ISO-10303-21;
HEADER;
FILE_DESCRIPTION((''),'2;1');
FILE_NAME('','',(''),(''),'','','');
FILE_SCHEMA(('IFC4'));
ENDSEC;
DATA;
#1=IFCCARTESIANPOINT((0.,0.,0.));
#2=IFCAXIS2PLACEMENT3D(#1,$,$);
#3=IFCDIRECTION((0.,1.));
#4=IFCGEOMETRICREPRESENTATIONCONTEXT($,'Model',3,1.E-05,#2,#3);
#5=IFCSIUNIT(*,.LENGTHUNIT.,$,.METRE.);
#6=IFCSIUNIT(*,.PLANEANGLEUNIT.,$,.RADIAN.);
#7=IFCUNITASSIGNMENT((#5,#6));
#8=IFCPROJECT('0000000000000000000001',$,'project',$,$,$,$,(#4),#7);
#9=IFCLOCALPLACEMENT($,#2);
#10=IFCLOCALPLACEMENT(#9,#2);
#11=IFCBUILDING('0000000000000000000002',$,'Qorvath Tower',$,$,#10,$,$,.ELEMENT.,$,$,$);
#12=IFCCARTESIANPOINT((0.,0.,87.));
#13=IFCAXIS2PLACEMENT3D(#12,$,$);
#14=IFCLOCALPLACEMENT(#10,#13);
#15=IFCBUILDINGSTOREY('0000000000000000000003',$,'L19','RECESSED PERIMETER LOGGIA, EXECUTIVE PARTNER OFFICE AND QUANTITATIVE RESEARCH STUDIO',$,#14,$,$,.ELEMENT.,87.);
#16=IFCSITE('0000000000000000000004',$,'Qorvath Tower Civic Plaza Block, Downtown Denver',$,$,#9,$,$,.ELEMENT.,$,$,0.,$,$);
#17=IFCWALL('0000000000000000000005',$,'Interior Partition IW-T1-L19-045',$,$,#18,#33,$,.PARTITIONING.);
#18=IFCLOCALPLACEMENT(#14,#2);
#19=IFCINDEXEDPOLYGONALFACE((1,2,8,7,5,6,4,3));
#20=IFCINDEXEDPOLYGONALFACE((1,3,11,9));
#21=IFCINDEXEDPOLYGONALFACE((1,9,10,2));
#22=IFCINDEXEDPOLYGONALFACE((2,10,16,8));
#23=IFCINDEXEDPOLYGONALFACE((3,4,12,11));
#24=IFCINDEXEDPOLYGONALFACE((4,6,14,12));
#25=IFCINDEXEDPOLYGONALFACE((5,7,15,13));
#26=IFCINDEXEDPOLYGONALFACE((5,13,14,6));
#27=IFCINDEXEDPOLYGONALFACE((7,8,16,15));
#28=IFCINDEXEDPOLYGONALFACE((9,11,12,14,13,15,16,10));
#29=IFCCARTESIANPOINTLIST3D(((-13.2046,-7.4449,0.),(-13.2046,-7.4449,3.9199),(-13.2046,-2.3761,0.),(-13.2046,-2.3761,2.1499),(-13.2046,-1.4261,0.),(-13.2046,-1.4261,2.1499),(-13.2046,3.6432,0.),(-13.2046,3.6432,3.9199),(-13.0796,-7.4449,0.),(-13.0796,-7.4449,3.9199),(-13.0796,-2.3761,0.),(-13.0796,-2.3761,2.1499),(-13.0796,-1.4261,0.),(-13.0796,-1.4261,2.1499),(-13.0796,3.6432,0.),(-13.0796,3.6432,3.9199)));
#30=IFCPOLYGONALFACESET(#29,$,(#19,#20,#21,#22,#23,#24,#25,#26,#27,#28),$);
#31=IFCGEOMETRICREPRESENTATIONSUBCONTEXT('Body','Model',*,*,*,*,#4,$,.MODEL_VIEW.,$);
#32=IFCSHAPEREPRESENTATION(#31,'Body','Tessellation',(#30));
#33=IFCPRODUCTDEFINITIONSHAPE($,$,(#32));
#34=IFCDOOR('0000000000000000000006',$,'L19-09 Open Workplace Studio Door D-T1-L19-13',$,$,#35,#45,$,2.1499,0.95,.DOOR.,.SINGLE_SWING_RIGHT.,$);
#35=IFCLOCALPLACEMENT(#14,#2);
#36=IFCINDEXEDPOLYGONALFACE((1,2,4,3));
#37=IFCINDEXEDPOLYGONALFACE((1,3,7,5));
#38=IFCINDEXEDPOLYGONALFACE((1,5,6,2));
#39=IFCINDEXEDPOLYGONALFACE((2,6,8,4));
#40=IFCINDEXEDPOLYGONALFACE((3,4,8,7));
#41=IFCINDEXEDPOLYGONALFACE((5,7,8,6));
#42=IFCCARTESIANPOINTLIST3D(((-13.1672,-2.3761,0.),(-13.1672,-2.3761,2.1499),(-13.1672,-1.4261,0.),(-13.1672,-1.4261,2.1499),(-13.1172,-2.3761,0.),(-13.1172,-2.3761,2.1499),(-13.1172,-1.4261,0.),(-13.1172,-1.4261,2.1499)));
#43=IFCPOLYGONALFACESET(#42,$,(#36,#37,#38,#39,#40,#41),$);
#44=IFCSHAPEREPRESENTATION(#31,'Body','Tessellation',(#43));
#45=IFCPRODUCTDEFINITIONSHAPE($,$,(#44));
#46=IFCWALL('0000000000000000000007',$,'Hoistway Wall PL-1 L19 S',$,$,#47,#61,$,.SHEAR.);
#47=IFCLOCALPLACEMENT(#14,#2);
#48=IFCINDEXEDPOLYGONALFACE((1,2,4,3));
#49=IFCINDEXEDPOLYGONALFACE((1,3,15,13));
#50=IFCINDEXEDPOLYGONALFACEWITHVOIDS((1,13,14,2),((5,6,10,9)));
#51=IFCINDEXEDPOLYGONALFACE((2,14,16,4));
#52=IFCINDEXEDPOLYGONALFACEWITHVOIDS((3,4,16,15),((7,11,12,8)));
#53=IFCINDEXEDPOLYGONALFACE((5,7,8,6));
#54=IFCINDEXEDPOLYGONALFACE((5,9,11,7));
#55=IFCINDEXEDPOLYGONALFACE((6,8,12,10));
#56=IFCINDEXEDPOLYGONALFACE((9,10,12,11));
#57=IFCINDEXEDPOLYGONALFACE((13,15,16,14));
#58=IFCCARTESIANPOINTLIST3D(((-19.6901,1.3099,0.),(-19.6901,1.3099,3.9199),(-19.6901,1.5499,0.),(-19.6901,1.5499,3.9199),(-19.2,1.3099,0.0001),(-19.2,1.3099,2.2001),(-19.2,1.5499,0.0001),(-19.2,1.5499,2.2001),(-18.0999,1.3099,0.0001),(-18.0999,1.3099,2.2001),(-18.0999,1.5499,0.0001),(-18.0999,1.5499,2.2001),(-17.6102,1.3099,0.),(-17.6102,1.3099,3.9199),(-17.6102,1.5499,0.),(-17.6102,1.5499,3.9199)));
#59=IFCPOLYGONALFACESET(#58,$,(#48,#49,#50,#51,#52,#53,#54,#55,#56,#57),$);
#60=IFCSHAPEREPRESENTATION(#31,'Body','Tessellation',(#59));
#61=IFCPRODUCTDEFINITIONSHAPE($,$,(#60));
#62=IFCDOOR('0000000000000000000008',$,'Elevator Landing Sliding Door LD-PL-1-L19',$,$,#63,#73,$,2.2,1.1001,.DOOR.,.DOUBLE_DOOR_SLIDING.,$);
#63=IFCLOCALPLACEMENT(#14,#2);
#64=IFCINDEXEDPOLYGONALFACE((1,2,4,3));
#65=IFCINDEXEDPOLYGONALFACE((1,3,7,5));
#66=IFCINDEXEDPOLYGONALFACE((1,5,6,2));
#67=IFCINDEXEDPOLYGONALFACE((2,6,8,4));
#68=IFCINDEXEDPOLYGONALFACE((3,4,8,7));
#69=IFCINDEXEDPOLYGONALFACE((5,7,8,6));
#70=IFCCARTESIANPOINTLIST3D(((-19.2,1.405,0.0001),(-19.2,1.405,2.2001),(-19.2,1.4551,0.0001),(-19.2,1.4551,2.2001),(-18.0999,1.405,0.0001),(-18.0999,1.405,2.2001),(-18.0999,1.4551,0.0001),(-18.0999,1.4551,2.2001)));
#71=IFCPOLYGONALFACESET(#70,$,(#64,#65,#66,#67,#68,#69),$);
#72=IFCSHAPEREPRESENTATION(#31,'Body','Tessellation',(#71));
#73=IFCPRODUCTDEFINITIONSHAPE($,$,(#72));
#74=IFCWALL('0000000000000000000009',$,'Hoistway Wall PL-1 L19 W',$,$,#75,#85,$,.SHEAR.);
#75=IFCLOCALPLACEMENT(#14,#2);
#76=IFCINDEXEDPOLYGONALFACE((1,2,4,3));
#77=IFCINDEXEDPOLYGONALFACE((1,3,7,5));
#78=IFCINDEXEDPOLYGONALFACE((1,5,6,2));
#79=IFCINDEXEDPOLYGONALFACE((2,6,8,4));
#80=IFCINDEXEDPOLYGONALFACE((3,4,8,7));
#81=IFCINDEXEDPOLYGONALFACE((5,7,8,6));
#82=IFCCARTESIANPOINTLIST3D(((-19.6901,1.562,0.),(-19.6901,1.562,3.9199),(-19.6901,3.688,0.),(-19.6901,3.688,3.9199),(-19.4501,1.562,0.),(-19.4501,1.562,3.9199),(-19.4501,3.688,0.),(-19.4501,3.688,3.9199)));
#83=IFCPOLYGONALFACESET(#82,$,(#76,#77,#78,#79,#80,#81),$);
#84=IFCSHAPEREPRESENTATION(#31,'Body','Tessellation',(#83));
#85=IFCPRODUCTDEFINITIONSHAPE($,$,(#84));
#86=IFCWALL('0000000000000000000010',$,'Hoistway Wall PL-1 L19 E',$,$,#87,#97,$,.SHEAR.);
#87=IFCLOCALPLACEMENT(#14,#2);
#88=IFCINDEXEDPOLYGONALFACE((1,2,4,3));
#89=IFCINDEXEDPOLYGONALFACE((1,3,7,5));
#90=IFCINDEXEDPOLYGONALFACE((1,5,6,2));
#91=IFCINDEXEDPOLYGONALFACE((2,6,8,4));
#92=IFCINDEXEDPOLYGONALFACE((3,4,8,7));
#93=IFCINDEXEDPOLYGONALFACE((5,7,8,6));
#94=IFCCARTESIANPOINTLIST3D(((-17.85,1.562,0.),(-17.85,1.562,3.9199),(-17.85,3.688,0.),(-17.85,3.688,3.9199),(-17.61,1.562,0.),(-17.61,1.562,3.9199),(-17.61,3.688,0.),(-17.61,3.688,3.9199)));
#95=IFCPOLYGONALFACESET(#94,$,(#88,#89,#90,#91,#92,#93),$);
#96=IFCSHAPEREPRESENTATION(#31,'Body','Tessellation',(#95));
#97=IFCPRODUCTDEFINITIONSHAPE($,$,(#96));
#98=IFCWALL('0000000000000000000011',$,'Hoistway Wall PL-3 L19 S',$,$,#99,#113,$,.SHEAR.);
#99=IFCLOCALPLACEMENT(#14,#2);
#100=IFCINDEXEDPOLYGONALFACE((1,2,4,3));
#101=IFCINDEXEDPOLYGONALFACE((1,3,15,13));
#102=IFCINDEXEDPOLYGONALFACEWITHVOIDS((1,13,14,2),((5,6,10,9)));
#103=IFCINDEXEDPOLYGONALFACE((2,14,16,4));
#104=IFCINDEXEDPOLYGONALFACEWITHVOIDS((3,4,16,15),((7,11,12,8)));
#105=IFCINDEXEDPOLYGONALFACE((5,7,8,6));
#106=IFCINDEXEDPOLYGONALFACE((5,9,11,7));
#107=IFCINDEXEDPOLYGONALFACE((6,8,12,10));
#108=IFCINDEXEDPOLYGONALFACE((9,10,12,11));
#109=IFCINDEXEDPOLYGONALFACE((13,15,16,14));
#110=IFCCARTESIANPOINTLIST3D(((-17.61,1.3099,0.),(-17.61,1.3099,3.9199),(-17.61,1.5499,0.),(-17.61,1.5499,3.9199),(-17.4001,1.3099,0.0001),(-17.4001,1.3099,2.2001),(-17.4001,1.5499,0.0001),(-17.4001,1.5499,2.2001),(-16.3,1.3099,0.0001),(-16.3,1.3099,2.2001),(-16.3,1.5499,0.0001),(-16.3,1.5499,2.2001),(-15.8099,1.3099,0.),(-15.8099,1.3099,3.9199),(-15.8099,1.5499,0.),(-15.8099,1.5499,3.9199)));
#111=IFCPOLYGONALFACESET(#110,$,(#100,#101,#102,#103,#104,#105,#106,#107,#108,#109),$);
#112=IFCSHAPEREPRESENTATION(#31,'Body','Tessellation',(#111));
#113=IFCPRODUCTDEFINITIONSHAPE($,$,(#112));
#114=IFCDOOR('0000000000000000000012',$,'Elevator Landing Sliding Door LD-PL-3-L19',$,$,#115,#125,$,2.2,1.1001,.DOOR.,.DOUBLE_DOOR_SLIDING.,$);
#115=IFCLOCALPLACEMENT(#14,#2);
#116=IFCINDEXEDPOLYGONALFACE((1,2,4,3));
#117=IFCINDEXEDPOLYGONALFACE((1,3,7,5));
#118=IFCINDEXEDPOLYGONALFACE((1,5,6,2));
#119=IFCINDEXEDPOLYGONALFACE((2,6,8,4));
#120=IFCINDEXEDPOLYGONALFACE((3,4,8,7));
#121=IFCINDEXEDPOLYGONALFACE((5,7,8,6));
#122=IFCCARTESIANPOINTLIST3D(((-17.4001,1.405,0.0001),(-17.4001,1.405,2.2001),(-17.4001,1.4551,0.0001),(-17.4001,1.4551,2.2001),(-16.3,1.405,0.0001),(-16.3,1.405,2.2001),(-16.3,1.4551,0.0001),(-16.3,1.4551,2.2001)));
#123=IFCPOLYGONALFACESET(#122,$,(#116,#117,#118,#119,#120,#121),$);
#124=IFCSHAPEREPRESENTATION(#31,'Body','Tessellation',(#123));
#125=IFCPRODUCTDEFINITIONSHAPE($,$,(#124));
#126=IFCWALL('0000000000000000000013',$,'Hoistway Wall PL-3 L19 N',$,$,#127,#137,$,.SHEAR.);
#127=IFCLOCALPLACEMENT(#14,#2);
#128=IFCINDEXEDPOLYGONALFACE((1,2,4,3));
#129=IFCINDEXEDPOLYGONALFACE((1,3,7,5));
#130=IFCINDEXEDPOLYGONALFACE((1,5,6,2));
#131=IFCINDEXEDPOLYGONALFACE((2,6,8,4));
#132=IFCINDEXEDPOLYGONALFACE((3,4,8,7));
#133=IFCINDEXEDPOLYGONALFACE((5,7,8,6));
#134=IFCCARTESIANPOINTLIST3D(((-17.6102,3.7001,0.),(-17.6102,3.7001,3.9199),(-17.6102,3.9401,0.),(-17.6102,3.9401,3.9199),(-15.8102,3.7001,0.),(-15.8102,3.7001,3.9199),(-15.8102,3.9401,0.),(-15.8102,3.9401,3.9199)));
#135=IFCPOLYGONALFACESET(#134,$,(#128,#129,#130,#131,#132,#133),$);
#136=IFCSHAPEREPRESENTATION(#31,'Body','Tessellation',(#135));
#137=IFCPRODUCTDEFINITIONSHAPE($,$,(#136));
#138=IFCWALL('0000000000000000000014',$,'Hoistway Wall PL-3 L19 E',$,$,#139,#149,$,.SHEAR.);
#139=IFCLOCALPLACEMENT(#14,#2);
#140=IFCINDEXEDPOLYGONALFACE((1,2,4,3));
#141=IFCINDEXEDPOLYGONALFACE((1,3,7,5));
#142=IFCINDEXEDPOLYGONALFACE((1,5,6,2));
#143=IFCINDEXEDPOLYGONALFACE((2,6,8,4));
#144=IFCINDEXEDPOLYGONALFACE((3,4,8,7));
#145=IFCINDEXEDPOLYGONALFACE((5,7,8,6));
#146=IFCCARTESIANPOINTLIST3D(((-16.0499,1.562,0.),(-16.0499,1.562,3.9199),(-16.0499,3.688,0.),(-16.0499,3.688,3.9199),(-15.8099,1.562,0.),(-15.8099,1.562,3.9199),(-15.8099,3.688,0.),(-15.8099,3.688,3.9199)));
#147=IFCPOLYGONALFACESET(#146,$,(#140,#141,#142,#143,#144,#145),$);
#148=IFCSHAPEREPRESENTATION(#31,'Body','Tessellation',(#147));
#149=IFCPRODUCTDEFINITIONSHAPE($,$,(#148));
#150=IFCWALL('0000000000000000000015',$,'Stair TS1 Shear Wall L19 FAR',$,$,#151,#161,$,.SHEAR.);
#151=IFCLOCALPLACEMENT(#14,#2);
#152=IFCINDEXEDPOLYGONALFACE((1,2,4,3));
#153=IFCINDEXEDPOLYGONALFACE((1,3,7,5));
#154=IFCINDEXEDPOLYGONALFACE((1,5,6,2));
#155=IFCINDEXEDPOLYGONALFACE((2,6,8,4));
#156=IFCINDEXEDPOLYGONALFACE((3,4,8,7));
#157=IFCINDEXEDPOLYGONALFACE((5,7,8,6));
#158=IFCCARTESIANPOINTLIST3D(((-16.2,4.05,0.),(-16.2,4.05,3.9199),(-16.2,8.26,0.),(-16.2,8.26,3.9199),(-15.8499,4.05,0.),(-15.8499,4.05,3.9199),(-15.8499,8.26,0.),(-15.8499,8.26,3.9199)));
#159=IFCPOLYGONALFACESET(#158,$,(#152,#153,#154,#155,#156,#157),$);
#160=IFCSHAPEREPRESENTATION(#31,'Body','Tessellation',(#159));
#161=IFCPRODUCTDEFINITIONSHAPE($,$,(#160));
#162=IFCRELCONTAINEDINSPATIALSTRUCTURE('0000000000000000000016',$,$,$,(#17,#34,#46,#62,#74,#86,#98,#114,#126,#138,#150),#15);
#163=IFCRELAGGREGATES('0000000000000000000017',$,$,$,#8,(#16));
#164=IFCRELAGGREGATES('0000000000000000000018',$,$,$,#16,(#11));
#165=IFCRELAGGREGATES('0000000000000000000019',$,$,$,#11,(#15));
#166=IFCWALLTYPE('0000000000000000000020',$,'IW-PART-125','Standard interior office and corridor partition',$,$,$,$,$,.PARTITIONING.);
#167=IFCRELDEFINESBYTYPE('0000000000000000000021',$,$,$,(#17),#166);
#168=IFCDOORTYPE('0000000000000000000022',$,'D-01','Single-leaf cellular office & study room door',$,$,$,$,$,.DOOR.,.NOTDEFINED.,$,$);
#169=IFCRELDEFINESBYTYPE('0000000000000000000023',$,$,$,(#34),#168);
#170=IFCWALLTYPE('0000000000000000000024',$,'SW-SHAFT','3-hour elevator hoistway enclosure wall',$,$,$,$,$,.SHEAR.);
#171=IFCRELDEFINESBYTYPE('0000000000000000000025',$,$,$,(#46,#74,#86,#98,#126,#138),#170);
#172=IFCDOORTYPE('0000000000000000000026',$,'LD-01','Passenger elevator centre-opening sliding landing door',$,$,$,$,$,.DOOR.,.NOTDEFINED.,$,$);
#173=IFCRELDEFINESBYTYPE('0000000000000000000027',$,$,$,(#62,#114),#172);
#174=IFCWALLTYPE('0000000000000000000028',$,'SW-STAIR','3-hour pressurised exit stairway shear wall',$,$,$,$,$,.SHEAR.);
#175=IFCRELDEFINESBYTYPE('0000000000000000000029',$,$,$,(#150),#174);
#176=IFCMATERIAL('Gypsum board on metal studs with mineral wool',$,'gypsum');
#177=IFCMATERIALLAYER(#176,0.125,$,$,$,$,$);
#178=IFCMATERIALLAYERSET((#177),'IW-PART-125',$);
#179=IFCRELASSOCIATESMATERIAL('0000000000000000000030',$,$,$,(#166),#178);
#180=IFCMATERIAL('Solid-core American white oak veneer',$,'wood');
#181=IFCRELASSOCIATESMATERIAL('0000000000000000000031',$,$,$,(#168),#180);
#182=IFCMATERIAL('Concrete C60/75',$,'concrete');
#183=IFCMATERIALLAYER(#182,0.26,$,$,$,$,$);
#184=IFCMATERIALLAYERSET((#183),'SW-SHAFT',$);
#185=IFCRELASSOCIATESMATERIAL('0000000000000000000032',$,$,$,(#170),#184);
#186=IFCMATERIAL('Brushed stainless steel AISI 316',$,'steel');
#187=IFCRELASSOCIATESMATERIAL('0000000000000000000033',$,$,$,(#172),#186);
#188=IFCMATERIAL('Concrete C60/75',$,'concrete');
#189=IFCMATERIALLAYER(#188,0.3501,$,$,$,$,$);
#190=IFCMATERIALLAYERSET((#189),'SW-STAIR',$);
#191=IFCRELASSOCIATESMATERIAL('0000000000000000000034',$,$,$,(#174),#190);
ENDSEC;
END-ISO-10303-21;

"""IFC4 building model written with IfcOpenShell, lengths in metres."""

from ifc_helpers import new_model, si_unit, direction, frame, frame_2d, origin, place, context, subcontext, project, spatial, rectangle, extrude, material, layer, layer_set, type_object, element, fill, save


model = new_model("IFC4")

# Units and contexts
model_context = context("Model", 3, precision=1e-05, world=origin(), true_north=direction((0.0, 1.0)))
body_context = subcontext(model_context, "Body", "Model", "MODEL_VIEW")
ifc_project = project(units=[si_unit("LENGTHUNIT", "METRE"), si_unit("PLANEANGLEUNIT", "RADIAN")], contexts=[model_context])

# Site, building, storey
site_placement = place(None, origin())
site = spatial("IfcSite", under=ifc_project, at=site_placement, Name="Qorvath Tower Civic Plaza Block, Downtown Denver", CompositionType="ELEMENT", RefElevation=0.0)
building_placement = place(site_placement, origin())
building = spatial("IfcBuilding", under=site, at=building_placement, Name="Qorvath Tower", CompositionType="ELEMENT")
storey_placement = place(building_placement, frame((0.0, 0.0, 87.0)))
storey = spatial("IfcBuildingStorey", under=building, at=storey_placement, Name="L19", Description="RECESSED PERIMETER LOGGIA, EXECUTIVE PARTNER OFFICE AND QUANTITATIVE RESEARCH STUDIO", CompositionType="ELEMENT", Elevation=87.0)

# Walls, openings, doors
ifc_material_1 = material(Name="Gypsum board on metal studs with mineral wool", Category="gypsum")
ifc_layer_1 = layer(ifc_material_1, 0.125)
ifc_layer_set_1 = layer_set([ifc_layer_1], Name="IW-PART-125")
wall_type_1 = type_object("IfcWallType", Name="IW-PART-125", Description="Standard interior office and corridor partition", PredefinedType="PARTITIONING", material=ifc_layer_set_1)
wall_1_placement = place(storey_placement, frame((-13.1421, 3.6431, 0.0), z_axis=(0.0, 0.0, 1.0), x_axis=(0.0, -1.0, 0.0)))
wall_1 = element("IfcWall", 1, at=wall_1_placement, inside=storey, type_object=wall_type_1, Name="Interior Partition IW-T1-L19-045", PredefinedType="PARTITIONING", context=body_context, shape_type="SweptSolid", body=[
    extrude(rectangle(XDim=11.0881, YDim=0.125, at=frame_2d((5.5439, 0.0))), origin(), (0.0, 0.0, 1.0), 3.9199),
])
opening_1_placement = place(wall_1_placement, frame((5.0691, 0.0, 0.0)))
opening_1 = element("IfcOpeningElement", 2, at=opening_1_placement, cuts=wall_1, PredefinedType="OPENING", context=body_context, shape_type="SweptSolid", body=[
    extrude(rectangle(XDim=0.95, YDim=2.1499, at=frame_2d((0.4751, 1.075))), frame((0.0, 0.0725, 0.0), z_axis=(0.0, -1.0, 0.0), x_axis=(1.0, 0.0, 0.0)), (0.0, 0.0, 1.0), 0.145),
])
ifc_material_2 = material(Name="Solid-core American white oak veneer", Category="wood")
door_type_1 = type_object("IfcDoorType", Name="D-01", Description="Single-leaf cellular office & study room door", OperationType="NOTDEFINED", PredefinedType="DOOR", material=ifc_material_2)
door_1_placement = place(opening_1_placement, origin())
door_1 = element("IfcDoor", 3, at=door_1_placement, inside=storey, type_object=door_type_1, Name="L19-09 Open Workplace Studio Door D-T1-L19-13", OperationType="SINGLE_SWING_RIGHT", OverallHeight=2.1499, OverallWidth=0.95, PredefinedType="DOOR", context=body_context, shape_type="SweptSolid", body=[
    extrude(rectangle(XDim=0.95, YDim=2.1499, at=frame_2d((0.4751, 1.075))), frame((0.0, 0.0249, 0.0), z_axis=(0.0, -1.0, 0.0), x_axis=(1.0, 0.0, 0.0)), (0.0, 0.0, 1.0), 0.05),
])
fill(opening_1, door_1)
ifc_material_3 = material(Name="Concrete C60/75", Category="concrete")
ifc_layer_2 = layer(ifc_material_3, 0.26)
ifc_layer_set_2 = layer_set([ifc_layer_2], Name="SW-SHAFT")
wall_type_2 = type_object("IfcWallType", Name="SW-SHAFT", Description="3-hour elevator hoistway enclosure wall", PredefinedType="SHEAR", material=ifc_layer_set_2)
wall_2_placement = place(storey_placement, frame((-17.6101, 1.4299, 0.0), z_axis=(0.0, 0.0, 1.0), x_axis=(-1.0, 0.0, 0.0)))
wall_2 = element("IfcWall", 4, at=wall_2_placement, inside=storey, type_object=wall_type_2, Name="Hoistway Wall PL-1 L19 S", PredefinedType="SHEAR", context=body_context, shape_type="SweptSolid", body=[
    extrude(rectangle(XDim=2.0798, YDim=0.24, at=frame_2d((1.04, 0.0))), origin(), (0.0, 0.0, 1.0), 3.9199),
])
opening_2_placement = place(wall_2_placement, frame((0.4897, 0.0, 0.0)))
opening_2 = element("IfcOpeningElement", 5, at=opening_2_placement, cuts=wall_2, PredefinedType="OPENING", context=body_context, shape_type="SweptSolid", body=[
    extrude(rectangle(XDim=1.1001, YDim=2.2, at=frame_2d((0.55, 1.1001))), frame((0.0, 0.1299, 0.0), z_axis=(0.0, -1.0, 0.0), x_axis=(1.0, 0.0, 0.0)), (0.0, 0.0, 1.0), 0.26),
])
ifc_material_4 = material(Name="Brushed stainless steel AISI 316", Category="steel")
door_type_2 = type_object("IfcDoorType", Name="LD-01", Description="Passenger elevator centre-opening sliding landing door", OperationType="NOTDEFINED", PredefinedType="DOOR", material=ifc_material_4)
door_2_placement = place(opening_2_placement, origin())
door_2 = element("IfcDoor", 6, at=door_2_placement, inside=storey, type_object=door_type_2, Name="Elevator Landing Sliding Door LD-PL-1-L19", OperationType="DOUBLE_DOOR_SLIDING", OverallHeight=2.2, OverallWidth=1.1001, PredefinedType="DOOR", context=body_context, shape_type="SweptSolid", body=[
    extrude(rectangle(XDim=1.1001, YDim=2.2, at=frame_2d((0.55, 1.1001))), frame((0.0, 0.0249, 0.0), z_axis=(0.0, -1.0, 0.0), x_axis=(1.0, 0.0, 0.0)), (0.0, 0.0, 1.0), 0.05),
])
fill(opening_2, door_2)

# Walls
for number, where, z_axis, x_axis, name in (
    (7, (-19.5701, 1.562, 0.0), (0.0, 0.0, 1.0), (0.0, 1.0, 0.0), "Hoistway Wall PL-1 L19 W"),
    (8, (-17.73, 3.688, 0.0), (0.0, 0.0, 1.0), (0.0, -1.0, 0.0), "Hoistway Wall PL-1 L19 E"),
):
    element("IfcWall", number, at=place(storey_placement, frame(where, z_axis=z_axis, x_axis=x_axis)), inside=storey, type_object=wall_type_2, Name=name, PredefinedType="SHEAR", context=body_context, shape_type="SweptSolid", body=[
        extrude(rectangle(XDim=2.126, YDim=0.24, at=frame_2d((1.063, 0.0))), origin(), (0.0, 0.0, 1.0), 3.9199),
    ])

# Wall, opening, door
wall_3_placement = place(storey_placement, frame((-15.8101, 1.4299, 0.0), z_axis=(0.0, 0.0, 1.0), x_axis=(-1.0, 0.0, 0.0)))
wall_3 = element("IfcWall", 9, at=wall_3_placement, inside=storey, type_object=wall_type_2, Name="Hoistway Wall PL-3 L19 S", PredefinedType="SHEAR", context=body_context, shape_type="SweptSolid", body=[
    extrude(rectangle(XDim=1.8, YDim=0.24, at=frame_2d((0.8999, 0.0))), origin(), (0.0, 0.0, 1.0), 3.9199),
])
opening_3_placement = place(wall_3_placement, frame((0.49, 0.0, 0.0)))
opening_3 = element("IfcOpeningElement", 10, at=opening_3_placement, cuts=wall_3, PredefinedType="OPENING", context=body_context, shape_type="SweptSolid", body=[
    extrude(rectangle(XDim=1.1001, YDim=2.2, at=frame_2d((0.55, 1.1001))), frame((0.0, 0.1299, 0.0), z_axis=(0.0, -1.0, 0.0), x_axis=(1.0, 0.0, 0.0)), (0.0, 0.0, 1.0), 0.26),
])
door_3_placement = place(opening_3_placement, origin())
door_3 = element("IfcDoor", 11, at=door_3_placement, inside=storey, type_object=door_type_2, Name="Elevator Landing Sliding Door LD-PL-3-L19", OperationType="DOUBLE_DOOR_SLIDING", OverallHeight=2.2, OverallWidth=1.1001, PredefinedType="DOOR", context=body_context, shape_type="SweptSolid", body=[
    extrude(rectangle(XDim=1.1001, YDim=2.2, at=frame_2d((0.55, 1.1001))), frame((0.0, 0.0249, 0.0), z_axis=(0.0, -1.0, 0.0), x_axis=(1.0, 0.0, 0.0)), (0.0, 0.0, 1.0), 0.05),
])
fill(opening_3, door_3)

# Walls
wall_4_placement = place(storey_placement, frame((-17.6101, 3.8201, 0.0), z_axis=(0.0, 0.0, 1.0), x_axis=(1.0, 0.0, 0.0)))
element("IfcWall", 12, at=wall_4_placement, inside=storey, type_object=wall_type_2, Name="Hoistway Wall PL-3 L19 N", PredefinedType="SHEAR", context=body_context, shape_type="SweptSolid", body=[
    extrude(rectangle(XDim=1.8, YDim=0.24, at=frame_2d((0.8999, 0.0))), origin(), (0.0, 0.0, 1.0), 3.9199),
])
wall_5_placement = place(storey_placement, frame((-15.9299, 3.688, 0.0), z_axis=(0.0, 0.0, 1.0), x_axis=(0.0, -1.0, 0.0)))
element("IfcWall", 13, at=wall_5_placement, inside=storey, type_object=wall_type_2, Name="Hoistway Wall PL-3 L19 E", PredefinedType="SHEAR", context=body_context, shape_type="SweptSolid", body=[
    extrude(rectangle(XDim=2.126, YDim=0.24, at=frame_2d((1.063, 0.0))), origin(), (0.0, 0.0, 1.0), 3.9199),
])
ifc_material_5 = material(Name="Concrete C60/75", Category="concrete")
ifc_layer_3 = layer(ifc_material_5, 0.3501)
ifc_layer_set_3 = layer_set([ifc_layer_3], Name="SW-STAIR")
wall_type_3 = type_object("IfcWallType", Name="SW-STAIR", Description="3-hour pressurised exit stairway shear wall", PredefinedType="SHEAR", material=ifc_layer_set_3)
wall_6_placement = place(storey_placement, frame((-16.0249, 4.05, 0.0), z_axis=(0.0, 0.0, 1.0), x_axis=(0.0, 1.0, 0.0)))
element("IfcWall", 14, at=wall_6_placement, inside=storey, type_object=wall_type_3, Name="Stair TS1 Shear Wall L19 FAR", PredefinedType="SHEAR", context=body_context, shape_type="SweptSolid", body=[
    extrude(rectangle(XDim=4.21, YDim=0.3501, at=frame_2d((2.105, 0.0))), origin(), (0.0, 0.0, 1.0), 3.9199),
])

save(model, "model.ifc")
